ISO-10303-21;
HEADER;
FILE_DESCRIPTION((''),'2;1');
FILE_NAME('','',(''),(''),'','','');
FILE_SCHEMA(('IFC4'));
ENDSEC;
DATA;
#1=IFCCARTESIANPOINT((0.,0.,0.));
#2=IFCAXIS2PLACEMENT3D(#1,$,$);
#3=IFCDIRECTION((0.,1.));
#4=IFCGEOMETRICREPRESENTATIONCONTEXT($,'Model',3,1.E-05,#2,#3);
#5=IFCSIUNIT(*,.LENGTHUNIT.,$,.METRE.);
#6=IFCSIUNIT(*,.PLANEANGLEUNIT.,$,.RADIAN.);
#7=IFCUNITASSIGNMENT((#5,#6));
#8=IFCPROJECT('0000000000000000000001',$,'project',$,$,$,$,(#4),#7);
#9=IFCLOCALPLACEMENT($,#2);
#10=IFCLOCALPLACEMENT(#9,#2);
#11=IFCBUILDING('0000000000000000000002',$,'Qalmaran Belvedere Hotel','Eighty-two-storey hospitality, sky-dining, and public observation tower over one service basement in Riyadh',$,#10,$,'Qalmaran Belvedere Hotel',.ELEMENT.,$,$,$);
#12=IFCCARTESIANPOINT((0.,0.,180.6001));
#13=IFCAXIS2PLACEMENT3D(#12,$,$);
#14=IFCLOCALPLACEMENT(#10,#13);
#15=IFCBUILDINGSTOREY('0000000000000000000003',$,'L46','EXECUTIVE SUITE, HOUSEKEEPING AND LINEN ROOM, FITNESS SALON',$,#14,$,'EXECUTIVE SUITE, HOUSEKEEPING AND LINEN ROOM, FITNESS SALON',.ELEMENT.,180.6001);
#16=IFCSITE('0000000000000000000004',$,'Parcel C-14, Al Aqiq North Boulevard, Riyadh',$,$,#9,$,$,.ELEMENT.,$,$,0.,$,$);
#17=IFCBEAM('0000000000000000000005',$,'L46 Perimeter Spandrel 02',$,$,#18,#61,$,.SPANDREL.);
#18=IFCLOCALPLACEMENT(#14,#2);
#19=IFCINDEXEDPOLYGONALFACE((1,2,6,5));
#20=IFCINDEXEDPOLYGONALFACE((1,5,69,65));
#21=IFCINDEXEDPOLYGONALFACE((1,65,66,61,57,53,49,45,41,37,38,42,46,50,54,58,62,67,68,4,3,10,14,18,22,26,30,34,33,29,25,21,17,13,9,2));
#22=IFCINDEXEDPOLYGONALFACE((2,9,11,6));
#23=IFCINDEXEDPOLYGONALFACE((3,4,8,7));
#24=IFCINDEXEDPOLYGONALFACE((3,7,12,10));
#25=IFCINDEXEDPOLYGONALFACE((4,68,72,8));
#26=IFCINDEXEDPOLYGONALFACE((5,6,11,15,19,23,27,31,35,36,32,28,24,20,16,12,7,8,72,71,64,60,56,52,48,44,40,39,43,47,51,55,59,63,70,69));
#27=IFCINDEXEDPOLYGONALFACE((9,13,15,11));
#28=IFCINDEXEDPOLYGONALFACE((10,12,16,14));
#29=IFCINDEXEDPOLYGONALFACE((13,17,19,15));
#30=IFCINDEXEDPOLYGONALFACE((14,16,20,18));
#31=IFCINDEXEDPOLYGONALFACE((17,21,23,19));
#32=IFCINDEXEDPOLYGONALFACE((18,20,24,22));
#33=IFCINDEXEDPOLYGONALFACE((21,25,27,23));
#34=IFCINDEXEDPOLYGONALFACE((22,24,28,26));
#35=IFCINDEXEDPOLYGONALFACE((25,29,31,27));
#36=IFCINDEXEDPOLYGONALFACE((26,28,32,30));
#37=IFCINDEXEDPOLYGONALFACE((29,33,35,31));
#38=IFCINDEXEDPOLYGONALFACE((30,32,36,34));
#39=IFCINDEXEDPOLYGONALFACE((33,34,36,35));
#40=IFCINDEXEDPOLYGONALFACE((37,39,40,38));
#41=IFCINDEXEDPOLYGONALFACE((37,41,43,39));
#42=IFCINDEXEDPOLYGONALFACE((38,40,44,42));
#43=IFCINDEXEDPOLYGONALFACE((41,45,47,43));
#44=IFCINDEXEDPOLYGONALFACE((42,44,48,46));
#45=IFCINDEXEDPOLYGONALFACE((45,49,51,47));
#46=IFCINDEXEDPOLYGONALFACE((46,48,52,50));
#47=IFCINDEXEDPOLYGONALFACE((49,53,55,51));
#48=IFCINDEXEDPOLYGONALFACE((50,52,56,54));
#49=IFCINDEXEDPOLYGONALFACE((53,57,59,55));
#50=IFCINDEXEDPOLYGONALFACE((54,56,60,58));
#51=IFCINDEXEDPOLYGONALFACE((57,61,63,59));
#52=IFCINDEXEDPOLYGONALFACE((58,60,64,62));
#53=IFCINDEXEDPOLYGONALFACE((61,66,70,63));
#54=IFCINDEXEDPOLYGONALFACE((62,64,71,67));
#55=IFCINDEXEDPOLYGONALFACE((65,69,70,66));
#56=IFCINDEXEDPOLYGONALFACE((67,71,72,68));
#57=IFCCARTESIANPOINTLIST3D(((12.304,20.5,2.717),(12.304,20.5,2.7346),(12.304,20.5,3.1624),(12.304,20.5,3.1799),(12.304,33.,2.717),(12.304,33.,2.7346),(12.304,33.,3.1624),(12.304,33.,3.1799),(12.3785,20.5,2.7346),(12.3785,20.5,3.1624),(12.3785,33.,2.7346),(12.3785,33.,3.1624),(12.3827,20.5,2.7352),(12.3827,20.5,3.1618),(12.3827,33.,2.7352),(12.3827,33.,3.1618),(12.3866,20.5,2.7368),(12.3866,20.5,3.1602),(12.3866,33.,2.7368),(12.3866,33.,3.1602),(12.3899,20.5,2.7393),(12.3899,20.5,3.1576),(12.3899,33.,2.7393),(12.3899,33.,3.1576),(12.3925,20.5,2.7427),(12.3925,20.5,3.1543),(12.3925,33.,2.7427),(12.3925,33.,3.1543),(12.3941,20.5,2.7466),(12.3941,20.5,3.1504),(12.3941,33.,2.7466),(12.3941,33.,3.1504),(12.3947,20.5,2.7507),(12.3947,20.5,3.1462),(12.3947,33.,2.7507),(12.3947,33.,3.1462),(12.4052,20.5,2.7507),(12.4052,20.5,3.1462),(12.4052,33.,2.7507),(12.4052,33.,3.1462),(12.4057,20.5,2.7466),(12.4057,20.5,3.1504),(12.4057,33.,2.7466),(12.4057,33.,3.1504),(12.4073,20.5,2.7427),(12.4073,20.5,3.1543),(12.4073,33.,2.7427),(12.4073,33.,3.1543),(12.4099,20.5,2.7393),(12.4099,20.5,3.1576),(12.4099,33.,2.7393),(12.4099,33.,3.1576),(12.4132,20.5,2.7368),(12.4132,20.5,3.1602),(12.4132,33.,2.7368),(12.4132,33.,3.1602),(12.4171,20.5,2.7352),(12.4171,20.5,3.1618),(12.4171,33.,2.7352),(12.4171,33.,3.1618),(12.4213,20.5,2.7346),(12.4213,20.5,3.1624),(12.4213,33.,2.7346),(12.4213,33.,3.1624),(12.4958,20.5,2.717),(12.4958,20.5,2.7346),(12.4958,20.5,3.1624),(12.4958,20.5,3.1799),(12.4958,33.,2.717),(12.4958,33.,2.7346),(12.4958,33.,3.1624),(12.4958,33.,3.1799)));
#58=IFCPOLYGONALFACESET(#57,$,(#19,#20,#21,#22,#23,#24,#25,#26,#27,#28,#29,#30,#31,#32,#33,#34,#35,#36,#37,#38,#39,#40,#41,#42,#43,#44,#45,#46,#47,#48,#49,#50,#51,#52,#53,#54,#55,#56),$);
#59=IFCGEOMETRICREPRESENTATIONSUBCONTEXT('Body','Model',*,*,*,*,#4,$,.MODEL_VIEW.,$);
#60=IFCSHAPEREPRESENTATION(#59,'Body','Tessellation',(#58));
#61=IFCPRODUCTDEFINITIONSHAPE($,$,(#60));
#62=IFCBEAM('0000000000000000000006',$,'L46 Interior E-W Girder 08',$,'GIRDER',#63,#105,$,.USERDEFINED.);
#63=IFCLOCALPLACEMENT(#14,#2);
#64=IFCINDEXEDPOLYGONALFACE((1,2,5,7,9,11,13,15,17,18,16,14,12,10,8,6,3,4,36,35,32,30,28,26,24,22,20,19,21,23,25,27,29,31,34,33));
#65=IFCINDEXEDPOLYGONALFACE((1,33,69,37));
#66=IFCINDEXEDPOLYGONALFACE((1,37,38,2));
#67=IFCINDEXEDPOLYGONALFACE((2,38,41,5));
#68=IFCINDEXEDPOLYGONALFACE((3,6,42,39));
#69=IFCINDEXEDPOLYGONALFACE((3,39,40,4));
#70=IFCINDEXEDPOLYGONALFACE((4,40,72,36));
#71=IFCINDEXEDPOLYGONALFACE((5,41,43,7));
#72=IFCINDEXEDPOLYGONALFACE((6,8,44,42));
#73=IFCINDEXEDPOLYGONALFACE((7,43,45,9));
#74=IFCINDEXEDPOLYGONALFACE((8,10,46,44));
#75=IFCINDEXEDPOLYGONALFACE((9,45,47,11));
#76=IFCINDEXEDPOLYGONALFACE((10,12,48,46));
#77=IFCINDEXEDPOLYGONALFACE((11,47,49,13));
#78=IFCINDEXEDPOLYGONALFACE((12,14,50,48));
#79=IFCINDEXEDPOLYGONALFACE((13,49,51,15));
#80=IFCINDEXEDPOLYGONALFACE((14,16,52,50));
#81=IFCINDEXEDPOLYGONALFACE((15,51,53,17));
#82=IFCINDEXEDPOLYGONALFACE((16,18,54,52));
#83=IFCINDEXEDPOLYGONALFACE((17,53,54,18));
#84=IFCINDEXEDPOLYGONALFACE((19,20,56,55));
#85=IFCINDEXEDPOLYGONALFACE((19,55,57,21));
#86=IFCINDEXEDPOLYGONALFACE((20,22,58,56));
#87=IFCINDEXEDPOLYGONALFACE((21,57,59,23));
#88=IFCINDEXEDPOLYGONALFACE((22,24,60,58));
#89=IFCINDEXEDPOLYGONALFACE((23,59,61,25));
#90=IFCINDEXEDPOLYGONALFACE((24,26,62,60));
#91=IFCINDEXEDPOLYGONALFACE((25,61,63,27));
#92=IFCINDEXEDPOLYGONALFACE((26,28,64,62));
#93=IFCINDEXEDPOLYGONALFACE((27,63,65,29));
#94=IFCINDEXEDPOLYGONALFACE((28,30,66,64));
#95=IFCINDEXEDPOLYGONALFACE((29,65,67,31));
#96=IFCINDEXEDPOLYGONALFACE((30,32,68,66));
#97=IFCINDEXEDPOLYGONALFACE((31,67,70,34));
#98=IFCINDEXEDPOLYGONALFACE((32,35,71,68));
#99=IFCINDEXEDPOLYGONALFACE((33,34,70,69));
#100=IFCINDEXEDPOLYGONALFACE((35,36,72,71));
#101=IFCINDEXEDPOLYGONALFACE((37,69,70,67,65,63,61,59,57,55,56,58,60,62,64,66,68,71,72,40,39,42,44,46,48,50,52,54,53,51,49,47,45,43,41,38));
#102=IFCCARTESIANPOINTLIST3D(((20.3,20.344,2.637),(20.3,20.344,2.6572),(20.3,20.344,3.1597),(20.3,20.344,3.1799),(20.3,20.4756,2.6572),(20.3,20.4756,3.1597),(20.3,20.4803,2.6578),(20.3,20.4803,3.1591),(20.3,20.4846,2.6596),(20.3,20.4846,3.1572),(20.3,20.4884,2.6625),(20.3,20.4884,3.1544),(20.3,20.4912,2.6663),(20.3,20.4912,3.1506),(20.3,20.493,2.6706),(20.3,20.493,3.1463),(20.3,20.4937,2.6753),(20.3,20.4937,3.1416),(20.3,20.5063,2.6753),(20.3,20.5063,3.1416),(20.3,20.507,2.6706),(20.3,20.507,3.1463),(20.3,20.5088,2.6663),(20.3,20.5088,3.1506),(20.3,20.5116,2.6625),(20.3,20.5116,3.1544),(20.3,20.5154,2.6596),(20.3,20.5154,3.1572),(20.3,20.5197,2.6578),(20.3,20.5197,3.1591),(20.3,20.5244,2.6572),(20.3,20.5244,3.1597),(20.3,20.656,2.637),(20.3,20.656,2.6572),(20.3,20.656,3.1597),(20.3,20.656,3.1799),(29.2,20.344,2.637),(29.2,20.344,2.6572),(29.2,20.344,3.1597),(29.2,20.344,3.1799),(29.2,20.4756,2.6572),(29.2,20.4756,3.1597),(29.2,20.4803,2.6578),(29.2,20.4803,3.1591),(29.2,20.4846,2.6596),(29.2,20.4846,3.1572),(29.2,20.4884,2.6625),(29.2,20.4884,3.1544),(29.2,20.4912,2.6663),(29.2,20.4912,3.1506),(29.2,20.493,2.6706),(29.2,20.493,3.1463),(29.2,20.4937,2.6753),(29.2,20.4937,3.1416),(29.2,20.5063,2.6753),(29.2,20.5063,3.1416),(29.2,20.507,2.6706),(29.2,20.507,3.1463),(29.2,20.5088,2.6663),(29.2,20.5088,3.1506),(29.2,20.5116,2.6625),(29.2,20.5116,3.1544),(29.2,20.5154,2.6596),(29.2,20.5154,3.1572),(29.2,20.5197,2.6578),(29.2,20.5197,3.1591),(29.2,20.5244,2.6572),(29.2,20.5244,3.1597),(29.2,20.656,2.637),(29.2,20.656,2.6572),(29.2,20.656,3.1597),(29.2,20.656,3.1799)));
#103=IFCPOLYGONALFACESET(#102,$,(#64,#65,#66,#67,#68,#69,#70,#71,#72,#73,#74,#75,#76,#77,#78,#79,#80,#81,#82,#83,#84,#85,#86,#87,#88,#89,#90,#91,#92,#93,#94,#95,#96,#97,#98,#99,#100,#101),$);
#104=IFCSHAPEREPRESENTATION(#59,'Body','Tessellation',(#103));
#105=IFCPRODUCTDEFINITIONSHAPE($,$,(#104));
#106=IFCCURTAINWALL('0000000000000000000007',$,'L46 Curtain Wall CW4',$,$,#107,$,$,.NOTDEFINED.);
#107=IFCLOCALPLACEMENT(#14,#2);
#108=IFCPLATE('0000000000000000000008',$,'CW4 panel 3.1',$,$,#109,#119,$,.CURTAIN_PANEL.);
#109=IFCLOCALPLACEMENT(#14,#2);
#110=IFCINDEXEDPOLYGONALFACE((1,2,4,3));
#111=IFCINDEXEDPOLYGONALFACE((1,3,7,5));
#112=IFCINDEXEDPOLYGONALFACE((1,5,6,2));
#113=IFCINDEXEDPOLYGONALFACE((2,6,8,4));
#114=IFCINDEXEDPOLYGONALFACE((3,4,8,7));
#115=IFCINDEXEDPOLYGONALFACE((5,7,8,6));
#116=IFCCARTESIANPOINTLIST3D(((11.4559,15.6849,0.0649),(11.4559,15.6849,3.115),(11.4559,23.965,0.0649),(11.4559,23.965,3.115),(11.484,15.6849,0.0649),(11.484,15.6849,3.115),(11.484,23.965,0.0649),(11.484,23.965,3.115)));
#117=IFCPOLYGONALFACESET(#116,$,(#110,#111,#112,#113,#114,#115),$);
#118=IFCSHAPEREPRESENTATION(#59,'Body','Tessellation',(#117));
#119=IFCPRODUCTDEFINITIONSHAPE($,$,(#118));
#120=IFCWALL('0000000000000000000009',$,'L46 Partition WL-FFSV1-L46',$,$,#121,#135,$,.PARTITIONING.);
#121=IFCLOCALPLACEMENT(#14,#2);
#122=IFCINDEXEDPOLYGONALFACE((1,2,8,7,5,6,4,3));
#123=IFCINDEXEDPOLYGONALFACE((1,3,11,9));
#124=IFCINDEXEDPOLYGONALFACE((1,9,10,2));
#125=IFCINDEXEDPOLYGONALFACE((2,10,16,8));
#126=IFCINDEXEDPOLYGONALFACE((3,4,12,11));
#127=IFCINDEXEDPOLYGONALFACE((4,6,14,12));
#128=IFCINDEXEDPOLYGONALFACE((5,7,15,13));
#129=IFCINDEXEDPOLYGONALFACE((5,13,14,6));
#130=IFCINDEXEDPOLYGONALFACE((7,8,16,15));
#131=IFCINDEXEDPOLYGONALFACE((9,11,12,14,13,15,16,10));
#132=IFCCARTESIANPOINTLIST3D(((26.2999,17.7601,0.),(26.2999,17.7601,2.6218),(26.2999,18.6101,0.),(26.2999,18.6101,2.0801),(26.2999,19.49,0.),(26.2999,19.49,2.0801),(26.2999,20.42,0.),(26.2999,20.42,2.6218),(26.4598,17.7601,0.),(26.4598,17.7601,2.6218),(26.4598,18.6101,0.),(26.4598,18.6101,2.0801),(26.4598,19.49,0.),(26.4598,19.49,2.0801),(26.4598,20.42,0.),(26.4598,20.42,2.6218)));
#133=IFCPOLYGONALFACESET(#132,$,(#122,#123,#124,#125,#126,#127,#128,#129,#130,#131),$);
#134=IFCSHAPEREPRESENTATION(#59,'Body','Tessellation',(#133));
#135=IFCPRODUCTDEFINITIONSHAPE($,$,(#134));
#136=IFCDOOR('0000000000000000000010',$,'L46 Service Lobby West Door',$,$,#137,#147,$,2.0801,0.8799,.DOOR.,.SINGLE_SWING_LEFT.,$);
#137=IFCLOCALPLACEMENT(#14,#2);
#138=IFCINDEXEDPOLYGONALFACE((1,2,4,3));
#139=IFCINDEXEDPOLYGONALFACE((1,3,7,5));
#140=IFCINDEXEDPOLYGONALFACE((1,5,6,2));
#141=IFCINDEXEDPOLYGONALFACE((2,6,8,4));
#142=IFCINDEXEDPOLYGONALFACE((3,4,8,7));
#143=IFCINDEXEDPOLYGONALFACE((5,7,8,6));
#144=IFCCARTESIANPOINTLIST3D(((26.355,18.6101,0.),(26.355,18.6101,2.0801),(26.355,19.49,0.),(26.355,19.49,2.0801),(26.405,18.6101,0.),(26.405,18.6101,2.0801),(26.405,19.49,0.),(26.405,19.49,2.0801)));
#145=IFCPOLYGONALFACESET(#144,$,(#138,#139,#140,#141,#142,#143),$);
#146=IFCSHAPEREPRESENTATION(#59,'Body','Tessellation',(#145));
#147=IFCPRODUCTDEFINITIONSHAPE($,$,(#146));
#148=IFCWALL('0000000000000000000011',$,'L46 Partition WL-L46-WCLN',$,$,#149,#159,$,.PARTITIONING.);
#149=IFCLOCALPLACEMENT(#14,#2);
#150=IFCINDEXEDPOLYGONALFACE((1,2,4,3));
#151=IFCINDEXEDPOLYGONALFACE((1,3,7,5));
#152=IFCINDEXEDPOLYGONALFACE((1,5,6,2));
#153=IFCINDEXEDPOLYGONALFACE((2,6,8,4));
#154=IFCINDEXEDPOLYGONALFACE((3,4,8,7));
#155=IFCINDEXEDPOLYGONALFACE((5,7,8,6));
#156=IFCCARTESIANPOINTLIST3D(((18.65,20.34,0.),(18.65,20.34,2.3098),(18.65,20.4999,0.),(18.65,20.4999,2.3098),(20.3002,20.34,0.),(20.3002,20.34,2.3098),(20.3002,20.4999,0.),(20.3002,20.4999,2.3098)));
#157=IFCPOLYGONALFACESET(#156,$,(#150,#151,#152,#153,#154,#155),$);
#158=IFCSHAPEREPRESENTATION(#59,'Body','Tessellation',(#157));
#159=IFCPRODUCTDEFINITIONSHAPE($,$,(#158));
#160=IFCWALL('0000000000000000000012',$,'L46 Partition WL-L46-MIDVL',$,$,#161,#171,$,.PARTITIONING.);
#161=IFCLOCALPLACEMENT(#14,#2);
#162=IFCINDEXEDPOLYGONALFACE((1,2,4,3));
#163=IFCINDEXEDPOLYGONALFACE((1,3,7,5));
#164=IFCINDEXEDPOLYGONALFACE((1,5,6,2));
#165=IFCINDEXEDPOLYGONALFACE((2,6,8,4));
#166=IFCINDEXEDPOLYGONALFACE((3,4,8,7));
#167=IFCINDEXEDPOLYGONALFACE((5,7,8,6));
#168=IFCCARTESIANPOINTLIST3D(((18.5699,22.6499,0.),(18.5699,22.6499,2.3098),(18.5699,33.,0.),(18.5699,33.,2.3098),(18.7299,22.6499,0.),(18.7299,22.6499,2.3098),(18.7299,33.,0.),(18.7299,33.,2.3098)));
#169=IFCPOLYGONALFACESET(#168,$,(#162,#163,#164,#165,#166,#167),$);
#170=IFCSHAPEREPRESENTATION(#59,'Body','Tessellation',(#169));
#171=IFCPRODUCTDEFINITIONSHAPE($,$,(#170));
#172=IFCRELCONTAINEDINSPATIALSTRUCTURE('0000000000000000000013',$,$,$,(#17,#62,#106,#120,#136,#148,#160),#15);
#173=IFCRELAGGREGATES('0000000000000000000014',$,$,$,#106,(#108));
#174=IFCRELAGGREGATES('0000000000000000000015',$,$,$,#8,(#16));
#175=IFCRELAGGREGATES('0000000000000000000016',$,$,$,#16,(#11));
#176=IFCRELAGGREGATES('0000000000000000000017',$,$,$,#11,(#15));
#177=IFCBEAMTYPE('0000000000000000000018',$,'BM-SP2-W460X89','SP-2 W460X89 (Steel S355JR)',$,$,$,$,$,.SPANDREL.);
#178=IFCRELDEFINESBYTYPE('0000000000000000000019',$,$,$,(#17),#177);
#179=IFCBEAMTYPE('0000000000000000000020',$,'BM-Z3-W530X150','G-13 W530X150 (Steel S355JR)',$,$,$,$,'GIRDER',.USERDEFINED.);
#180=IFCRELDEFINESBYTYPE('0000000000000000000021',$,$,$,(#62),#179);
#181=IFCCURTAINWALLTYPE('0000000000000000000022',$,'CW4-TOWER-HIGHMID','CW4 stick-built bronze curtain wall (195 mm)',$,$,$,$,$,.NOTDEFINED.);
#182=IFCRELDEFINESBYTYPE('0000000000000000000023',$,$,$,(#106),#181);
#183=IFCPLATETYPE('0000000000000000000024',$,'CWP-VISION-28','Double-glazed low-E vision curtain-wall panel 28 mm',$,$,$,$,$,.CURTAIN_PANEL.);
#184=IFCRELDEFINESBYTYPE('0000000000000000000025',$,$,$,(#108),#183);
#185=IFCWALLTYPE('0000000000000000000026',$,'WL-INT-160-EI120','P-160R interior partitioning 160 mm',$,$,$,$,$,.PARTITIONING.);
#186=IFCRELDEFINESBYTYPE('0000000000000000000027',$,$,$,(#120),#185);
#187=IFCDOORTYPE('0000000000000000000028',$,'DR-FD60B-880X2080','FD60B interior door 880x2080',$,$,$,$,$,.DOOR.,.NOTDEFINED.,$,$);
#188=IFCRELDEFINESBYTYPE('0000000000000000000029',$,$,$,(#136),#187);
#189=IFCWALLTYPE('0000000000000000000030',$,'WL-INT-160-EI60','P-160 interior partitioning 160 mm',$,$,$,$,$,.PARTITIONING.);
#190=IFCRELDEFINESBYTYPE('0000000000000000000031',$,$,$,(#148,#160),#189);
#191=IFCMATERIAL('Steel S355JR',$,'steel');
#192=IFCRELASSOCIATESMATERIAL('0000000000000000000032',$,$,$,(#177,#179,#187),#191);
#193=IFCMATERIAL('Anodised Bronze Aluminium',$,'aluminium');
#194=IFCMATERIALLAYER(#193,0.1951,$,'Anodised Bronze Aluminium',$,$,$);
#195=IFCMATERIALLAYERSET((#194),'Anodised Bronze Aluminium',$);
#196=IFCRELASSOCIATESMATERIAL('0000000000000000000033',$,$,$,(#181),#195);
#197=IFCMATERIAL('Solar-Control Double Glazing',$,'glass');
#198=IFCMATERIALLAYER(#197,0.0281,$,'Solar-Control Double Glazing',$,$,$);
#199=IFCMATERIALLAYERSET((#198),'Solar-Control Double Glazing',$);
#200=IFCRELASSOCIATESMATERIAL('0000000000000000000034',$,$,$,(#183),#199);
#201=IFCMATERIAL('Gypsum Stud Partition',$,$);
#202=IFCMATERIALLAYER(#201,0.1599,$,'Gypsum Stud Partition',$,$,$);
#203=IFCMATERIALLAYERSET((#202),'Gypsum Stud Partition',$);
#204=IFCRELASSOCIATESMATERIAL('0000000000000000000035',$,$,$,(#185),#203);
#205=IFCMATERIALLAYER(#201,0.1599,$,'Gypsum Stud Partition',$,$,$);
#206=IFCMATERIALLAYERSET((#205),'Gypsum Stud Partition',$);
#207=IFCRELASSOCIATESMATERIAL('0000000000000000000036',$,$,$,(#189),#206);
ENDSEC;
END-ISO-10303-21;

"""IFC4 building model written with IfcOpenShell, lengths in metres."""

from ifc_helpers import new_model, si_unit, direction, frame, frame_2d, origin, origin_2d, place, context, subcontext, project, spatial, rectangle, i_section, extrude, material, layer, layer_set, material_profile, profile_set, type_object, element, fill, aggregate, save


model = new_model("IFC4")

# Units and contexts
model_context = context("Model", 3, precision=1e-05, world=origin(), true_north=direction((0.0, 1.0)))
body_context = subcontext(model_context, "Body", "Model", "MODEL_VIEW")
ifc_project = project(units=[si_unit("LENGTHUNIT", "METRE"), si_unit("PLANEANGLEUNIT", "RADIAN")], contexts=[model_context])

# Site, building, storey
site_placement = place(None, origin())
site = spatial("IfcSite", under=ifc_project, at=site_placement, Name="Parcel C-14, Al Aqiq North Boulevard, Riyadh", CompositionType="ELEMENT", RefElevation=0.0)
building_placement = place(site_placement, origin())
building = spatial("IfcBuilding", under=site, at=building_placement, Name="Qalmaran Belvedere Hotel", Description="Eighty-two-storey hospitality, sky-dining, and public observation tower over one service basement in Riyadh", LongName="Qalmaran Belvedere Hotel", CompositionType="ELEMENT")
storey_placement = place(building_placement, frame((0.0, 0.0, 180.6001)))
storey = spatial("IfcBuildingStorey", under=building, at=storey_placement, Name="L46", Description="EXECUTIVE SUITE, HOUSEKEEPING AND LINEN ROOM, FITNESS SALON", LongName="EXECUTIVE SUITE, HOUSEKEEPING AND LINEN ROOM, FITNESS SALON", CompositionType="ELEMENT", Elevation=180.6001)

# Beams
ifc_material_1 = material(Name="Steel S355JR", Category="steel")
ifc_material_profile_1 = material_profile(ifc_material_1, i_section(OverallWidth=0.1919, OverallDepth=0.4629, WebThickness=0.0105, FlangeThickness=0.0176, FilletRadius=0.0161, at=origin_2d()), Name="W460X89")
ifc_profile_set_1 = profile_set([ifc_material_profile_1], Name="Steel S355JR")
beam_type_1 = type_object("IfcBeamType", Name="BM-SP2-W460X89", Description="SP-2 W460X89 (Steel S355JR)", PredefinedType="SPANDREL", material=ifc_profile_set_1)
beam_1_placement = place(storey_placement, frame((12.3999, 20.5, 2.9485), z_axis=(0.0, 1.0, 0.0), x_axis=(-1.0, 0.0, 0.0)))
element("IfcBeam", 1, at=beam_1_placement, inside=storey, type_object=beam_type_1, Name="L46 Perimeter Spandrel 02", PredefinedType="SPANDREL", context=body_context, shape_type="SweptSolid", body=[
    extrude(i_section(OverallWidth=0.1919, OverallDepth=0.4629, WebThickness=0.0105, FlangeThickness=0.0176, FilletRadius=0.0161, at=origin_2d()), origin(), (0.0, 0.0, 1.0), 12.5),
])
ifc_material_profile_2 = material_profile(ifc_material_1, i_section(OverallWidth=0.312, OverallDepth=0.543, WebThickness=0.0127, FlangeThickness=0.0203, FilletRadius=0.0181, at=origin_2d()), Name="W530X150")
ifc_profile_set_2 = profile_set([ifc_material_profile_2], Name="Steel S355JR")
beam_type_2 = type_object("IfcBeamType", Name="BM-Z3-W530X150", Description="G-13 W530X150 (Steel S355JR)", ElementType="GIRDER", PredefinedType="USERDEFINED", material=ifc_profile_set_2)
beam_2_placement = place(storey_placement, frame((20.3, 20.5, 2.9084), z_axis=(1.0, 0.0, 0.0), x_axis=(0.0, 1.0, 0.0)))
element("IfcBeam", 2, at=beam_2_placement, inside=storey, type_object=beam_type_2, Name="L46 Interior E-W Girder 08", ObjectType="GIRDER", PredefinedType="USERDEFINED", context=body_context, shape_type="SweptSolid", body=[
    extrude(i_section(OverallWidth=0.312, OverallDepth=0.543, WebThickness=0.0127, FlangeThickness=0.0203, FilletRadius=0.0181, at=origin_2d()), origin(), (0.0, 0.0, 1.0), 8.8999),
])

# Curtain wall, plate
ifc_material_2 = material(Name="Anodised Bronze Aluminium", Category="aluminium")
ifc_layer_1 = layer(ifc_material_2, 0.1951, Name="Anodised Bronze Aluminium")
ifc_layer_set_1 = layer_set([ifc_layer_1], Name="Anodised Bronze Aluminium")
curtain_wall_type = type_object("IfcCurtainWallType", Name="CW4-TOWER-HIGHMID", Description="CW4 stick-built bronze curtain wall (195 mm)", PredefinedType="NOTDEFINED", material=ifc_layer_set_1)
curtain_wall_placement = place(storey_placement, origin())
curtain_wall = element("IfcCurtainWall", 3, at=curtain_wall_placement, inside=storey, type_object=curtain_wall_type, Name="L46 Curtain Wall CW4", PredefinedType="NOTDEFINED")
ifc_material_3 = material(Name="Solar-Control Double Glazing", Category="glass")
ifc_layer_2 = layer(ifc_material_3, 0.0281, Name="Solar-Control Double Glazing")
ifc_layer_set_2 = layer_set([ifc_layer_2], Name="Solar-Control Double Glazing")
plate_type = type_object("IfcPlateType", Name="CWP-VISION-28", Description="Double-glazed low-E vision curtain-wall panel 28 mm", PredefinedType="CURTAIN_PANEL", material=ifc_layer_set_2)
plate_placement = place(storey_placement, frame((11.47, 19.825, 0.0649), z_axis=(0.0, 0.0, 1.0), x_axis=(0.0, -1.0, 0.0)))
plate = element("IfcPlate", 4, at=plate_placement, type_object=plate_type, Name="CW4 panel 3.1", PredefinedType="CURTAIN_PANEL", context=body_context, shape_type="SweptSolid", body=[
    extrude(rectangle(XDim=8.28, YDim=0.0281, at=origin_2d()), origin(), (0.0, 0.0, 1.0), 3.05),
])
aggregate(curtain_wall, [plate])

# Wall, opening, door
ifc_material_4 = material(Name="Gypsum Stud Partition")
ifc_layer_3 = layer(ifc_material_4, 0.1599, Name="Gypsum Stud Partition")
ifc_layer_set_3 = layer_set([ifc_layer_3], Name="Gypsum Stud Partition")
wall_type_1 = type_object("IfcWallType", Name="WL-INT-160-EI120", Description="P-160R interior partitioning 160 mm", PredefinedType="PARTITIONING", material=ifc_layer_set_3)
wall_1_placement = place(storey_placement, frame((26.3799, 17.76, 0.0), z_axis=(0.0, 0.0, 1.0), x_axis=(0.0, 1.0, 0.0)))
wall_1 = element("IfcWall", 5, at=wall_1_placement, inside=storey, type_object=wall_type_1, Name="L46 Partition WL-FFSV1-L46", PredefinedType="PARTITIONING", context=body_context, shape_type="SweptSolid", body=[
    extrude(rectangle(XDim=2.6599, YDim=0.1599, at=frame_2d((1.3301, 0.0))), origin(), (0.0, 0.0, 1.0), 2.6218),
])
opening_1_placement = place(wall_1_placement, frame((0.8501, 0.0, 0.0)))
opening_1 = element("IfcOpeningElement", 6, at=opening_1_placement, cuts=wall_1, PredefinedType="OPENING", context=body_context, shape_type="SweptSolid", body=[
    extrude(rectangle(XDim=0.8799, YDim=2.0801, at=frame_2d((0.4399, 1.04))), frame((0.0, 0.0898, 0.0), z_axis=(0.0, -1.0, 0.0), x_axis=(1.0, 0.0, 0.0)), (0.0, 0.0, 1.0), 0.1799),
])
door_type_1 = type_object("IfcDoorType", Name="DR-FD60B-880X2080", Description="FD60B interior door 880x2080", OperationType="NOTDEFINED", PredefinedType="DOOR", material=ifc_material_1)
door_1_placement = place(opening_1_placement, origin())
door_1 = element("IfcDoor", 7, at=door_1_placement, inside=storey, type_object=door_type_1, Name="L46 Service Lobby West Door", OperationType="SINGLE_SWING_LEFT", OverallHeight=2.0801, OverallWidth=0.8799, PredefinedType="DOOR", context=body_context, shape_type="SweptSolid", body=[
    extrude(rectangle(XDim=0.8799, YDim=2.0801, at=frame_2d((0.4399, 1.04))), frame((0.0, 0.0249, 0.0), z_axis=(0.0, -1.0, 0.0), x_axis=(1.0, 0.0, 0.0)), (0.0, 0.0, 1.0), 0.05),
])
fill(opening_1, door_1)

# Walls
ifc_layer_4 = layer(ifc_material_4, 0.1599, Name="Gypsum Stud Partition")
ifc_layer_set_4 = layer_set([ifc_layer_4], Name="Gypsum Stud Partition")
wall_type_2 = type_object("IfcWallType", Name="WL-INT-160-EI60", Description="P-160 interior partitioning 160 mm", PredefinedType="PARTITIONING", material=ifc_layer_set_4)
wall_2_placement = place(storey_placement, frame((18.6499, 20.4199, 0.0), z_axis=(0.0, 0.0, 1.0), x_axis=(1.0, 0.0, 0.0)))
element("IfcWall", 8, at=wall_2_placement, inside=storey, type_object=wall_type_2, Name="L46 Partition WL-L46-WCLN", PredefinedType="PARTITIONING", context=body_context, shape_type="SweptSolid", body=[
    extrude(rectangle(XDim=1.6501, YDim=0.1599, at=frame_2d((0.8252, 0.0))), origin(), (0.0, 0.0, 1.0), 2.3098),
])
wall_3_placement = place(storey_placement, frame((18.6499, 22.6499, 0.0), z_axis=(0.0, 0.0, 1.0), x_axis=(0.0, 1.0, 0.0)))
element("IfcWall", 9, at=wall_3_placement, inside=storey, type_object=wall_type_2, Name="L46 Partition WL-L46-MIDVL", PredefinedType="PARTITIONING", context=body_context, shape_type="SweptSolid", body=[
    extrude(rectangle(XDim=10.3501, YDim=0.1599, at=frame_2d((5.175, 0.0))), origin(), (0.0, 0.0, 1.0), 2.3098),
])

save(model, "model.ifc")
